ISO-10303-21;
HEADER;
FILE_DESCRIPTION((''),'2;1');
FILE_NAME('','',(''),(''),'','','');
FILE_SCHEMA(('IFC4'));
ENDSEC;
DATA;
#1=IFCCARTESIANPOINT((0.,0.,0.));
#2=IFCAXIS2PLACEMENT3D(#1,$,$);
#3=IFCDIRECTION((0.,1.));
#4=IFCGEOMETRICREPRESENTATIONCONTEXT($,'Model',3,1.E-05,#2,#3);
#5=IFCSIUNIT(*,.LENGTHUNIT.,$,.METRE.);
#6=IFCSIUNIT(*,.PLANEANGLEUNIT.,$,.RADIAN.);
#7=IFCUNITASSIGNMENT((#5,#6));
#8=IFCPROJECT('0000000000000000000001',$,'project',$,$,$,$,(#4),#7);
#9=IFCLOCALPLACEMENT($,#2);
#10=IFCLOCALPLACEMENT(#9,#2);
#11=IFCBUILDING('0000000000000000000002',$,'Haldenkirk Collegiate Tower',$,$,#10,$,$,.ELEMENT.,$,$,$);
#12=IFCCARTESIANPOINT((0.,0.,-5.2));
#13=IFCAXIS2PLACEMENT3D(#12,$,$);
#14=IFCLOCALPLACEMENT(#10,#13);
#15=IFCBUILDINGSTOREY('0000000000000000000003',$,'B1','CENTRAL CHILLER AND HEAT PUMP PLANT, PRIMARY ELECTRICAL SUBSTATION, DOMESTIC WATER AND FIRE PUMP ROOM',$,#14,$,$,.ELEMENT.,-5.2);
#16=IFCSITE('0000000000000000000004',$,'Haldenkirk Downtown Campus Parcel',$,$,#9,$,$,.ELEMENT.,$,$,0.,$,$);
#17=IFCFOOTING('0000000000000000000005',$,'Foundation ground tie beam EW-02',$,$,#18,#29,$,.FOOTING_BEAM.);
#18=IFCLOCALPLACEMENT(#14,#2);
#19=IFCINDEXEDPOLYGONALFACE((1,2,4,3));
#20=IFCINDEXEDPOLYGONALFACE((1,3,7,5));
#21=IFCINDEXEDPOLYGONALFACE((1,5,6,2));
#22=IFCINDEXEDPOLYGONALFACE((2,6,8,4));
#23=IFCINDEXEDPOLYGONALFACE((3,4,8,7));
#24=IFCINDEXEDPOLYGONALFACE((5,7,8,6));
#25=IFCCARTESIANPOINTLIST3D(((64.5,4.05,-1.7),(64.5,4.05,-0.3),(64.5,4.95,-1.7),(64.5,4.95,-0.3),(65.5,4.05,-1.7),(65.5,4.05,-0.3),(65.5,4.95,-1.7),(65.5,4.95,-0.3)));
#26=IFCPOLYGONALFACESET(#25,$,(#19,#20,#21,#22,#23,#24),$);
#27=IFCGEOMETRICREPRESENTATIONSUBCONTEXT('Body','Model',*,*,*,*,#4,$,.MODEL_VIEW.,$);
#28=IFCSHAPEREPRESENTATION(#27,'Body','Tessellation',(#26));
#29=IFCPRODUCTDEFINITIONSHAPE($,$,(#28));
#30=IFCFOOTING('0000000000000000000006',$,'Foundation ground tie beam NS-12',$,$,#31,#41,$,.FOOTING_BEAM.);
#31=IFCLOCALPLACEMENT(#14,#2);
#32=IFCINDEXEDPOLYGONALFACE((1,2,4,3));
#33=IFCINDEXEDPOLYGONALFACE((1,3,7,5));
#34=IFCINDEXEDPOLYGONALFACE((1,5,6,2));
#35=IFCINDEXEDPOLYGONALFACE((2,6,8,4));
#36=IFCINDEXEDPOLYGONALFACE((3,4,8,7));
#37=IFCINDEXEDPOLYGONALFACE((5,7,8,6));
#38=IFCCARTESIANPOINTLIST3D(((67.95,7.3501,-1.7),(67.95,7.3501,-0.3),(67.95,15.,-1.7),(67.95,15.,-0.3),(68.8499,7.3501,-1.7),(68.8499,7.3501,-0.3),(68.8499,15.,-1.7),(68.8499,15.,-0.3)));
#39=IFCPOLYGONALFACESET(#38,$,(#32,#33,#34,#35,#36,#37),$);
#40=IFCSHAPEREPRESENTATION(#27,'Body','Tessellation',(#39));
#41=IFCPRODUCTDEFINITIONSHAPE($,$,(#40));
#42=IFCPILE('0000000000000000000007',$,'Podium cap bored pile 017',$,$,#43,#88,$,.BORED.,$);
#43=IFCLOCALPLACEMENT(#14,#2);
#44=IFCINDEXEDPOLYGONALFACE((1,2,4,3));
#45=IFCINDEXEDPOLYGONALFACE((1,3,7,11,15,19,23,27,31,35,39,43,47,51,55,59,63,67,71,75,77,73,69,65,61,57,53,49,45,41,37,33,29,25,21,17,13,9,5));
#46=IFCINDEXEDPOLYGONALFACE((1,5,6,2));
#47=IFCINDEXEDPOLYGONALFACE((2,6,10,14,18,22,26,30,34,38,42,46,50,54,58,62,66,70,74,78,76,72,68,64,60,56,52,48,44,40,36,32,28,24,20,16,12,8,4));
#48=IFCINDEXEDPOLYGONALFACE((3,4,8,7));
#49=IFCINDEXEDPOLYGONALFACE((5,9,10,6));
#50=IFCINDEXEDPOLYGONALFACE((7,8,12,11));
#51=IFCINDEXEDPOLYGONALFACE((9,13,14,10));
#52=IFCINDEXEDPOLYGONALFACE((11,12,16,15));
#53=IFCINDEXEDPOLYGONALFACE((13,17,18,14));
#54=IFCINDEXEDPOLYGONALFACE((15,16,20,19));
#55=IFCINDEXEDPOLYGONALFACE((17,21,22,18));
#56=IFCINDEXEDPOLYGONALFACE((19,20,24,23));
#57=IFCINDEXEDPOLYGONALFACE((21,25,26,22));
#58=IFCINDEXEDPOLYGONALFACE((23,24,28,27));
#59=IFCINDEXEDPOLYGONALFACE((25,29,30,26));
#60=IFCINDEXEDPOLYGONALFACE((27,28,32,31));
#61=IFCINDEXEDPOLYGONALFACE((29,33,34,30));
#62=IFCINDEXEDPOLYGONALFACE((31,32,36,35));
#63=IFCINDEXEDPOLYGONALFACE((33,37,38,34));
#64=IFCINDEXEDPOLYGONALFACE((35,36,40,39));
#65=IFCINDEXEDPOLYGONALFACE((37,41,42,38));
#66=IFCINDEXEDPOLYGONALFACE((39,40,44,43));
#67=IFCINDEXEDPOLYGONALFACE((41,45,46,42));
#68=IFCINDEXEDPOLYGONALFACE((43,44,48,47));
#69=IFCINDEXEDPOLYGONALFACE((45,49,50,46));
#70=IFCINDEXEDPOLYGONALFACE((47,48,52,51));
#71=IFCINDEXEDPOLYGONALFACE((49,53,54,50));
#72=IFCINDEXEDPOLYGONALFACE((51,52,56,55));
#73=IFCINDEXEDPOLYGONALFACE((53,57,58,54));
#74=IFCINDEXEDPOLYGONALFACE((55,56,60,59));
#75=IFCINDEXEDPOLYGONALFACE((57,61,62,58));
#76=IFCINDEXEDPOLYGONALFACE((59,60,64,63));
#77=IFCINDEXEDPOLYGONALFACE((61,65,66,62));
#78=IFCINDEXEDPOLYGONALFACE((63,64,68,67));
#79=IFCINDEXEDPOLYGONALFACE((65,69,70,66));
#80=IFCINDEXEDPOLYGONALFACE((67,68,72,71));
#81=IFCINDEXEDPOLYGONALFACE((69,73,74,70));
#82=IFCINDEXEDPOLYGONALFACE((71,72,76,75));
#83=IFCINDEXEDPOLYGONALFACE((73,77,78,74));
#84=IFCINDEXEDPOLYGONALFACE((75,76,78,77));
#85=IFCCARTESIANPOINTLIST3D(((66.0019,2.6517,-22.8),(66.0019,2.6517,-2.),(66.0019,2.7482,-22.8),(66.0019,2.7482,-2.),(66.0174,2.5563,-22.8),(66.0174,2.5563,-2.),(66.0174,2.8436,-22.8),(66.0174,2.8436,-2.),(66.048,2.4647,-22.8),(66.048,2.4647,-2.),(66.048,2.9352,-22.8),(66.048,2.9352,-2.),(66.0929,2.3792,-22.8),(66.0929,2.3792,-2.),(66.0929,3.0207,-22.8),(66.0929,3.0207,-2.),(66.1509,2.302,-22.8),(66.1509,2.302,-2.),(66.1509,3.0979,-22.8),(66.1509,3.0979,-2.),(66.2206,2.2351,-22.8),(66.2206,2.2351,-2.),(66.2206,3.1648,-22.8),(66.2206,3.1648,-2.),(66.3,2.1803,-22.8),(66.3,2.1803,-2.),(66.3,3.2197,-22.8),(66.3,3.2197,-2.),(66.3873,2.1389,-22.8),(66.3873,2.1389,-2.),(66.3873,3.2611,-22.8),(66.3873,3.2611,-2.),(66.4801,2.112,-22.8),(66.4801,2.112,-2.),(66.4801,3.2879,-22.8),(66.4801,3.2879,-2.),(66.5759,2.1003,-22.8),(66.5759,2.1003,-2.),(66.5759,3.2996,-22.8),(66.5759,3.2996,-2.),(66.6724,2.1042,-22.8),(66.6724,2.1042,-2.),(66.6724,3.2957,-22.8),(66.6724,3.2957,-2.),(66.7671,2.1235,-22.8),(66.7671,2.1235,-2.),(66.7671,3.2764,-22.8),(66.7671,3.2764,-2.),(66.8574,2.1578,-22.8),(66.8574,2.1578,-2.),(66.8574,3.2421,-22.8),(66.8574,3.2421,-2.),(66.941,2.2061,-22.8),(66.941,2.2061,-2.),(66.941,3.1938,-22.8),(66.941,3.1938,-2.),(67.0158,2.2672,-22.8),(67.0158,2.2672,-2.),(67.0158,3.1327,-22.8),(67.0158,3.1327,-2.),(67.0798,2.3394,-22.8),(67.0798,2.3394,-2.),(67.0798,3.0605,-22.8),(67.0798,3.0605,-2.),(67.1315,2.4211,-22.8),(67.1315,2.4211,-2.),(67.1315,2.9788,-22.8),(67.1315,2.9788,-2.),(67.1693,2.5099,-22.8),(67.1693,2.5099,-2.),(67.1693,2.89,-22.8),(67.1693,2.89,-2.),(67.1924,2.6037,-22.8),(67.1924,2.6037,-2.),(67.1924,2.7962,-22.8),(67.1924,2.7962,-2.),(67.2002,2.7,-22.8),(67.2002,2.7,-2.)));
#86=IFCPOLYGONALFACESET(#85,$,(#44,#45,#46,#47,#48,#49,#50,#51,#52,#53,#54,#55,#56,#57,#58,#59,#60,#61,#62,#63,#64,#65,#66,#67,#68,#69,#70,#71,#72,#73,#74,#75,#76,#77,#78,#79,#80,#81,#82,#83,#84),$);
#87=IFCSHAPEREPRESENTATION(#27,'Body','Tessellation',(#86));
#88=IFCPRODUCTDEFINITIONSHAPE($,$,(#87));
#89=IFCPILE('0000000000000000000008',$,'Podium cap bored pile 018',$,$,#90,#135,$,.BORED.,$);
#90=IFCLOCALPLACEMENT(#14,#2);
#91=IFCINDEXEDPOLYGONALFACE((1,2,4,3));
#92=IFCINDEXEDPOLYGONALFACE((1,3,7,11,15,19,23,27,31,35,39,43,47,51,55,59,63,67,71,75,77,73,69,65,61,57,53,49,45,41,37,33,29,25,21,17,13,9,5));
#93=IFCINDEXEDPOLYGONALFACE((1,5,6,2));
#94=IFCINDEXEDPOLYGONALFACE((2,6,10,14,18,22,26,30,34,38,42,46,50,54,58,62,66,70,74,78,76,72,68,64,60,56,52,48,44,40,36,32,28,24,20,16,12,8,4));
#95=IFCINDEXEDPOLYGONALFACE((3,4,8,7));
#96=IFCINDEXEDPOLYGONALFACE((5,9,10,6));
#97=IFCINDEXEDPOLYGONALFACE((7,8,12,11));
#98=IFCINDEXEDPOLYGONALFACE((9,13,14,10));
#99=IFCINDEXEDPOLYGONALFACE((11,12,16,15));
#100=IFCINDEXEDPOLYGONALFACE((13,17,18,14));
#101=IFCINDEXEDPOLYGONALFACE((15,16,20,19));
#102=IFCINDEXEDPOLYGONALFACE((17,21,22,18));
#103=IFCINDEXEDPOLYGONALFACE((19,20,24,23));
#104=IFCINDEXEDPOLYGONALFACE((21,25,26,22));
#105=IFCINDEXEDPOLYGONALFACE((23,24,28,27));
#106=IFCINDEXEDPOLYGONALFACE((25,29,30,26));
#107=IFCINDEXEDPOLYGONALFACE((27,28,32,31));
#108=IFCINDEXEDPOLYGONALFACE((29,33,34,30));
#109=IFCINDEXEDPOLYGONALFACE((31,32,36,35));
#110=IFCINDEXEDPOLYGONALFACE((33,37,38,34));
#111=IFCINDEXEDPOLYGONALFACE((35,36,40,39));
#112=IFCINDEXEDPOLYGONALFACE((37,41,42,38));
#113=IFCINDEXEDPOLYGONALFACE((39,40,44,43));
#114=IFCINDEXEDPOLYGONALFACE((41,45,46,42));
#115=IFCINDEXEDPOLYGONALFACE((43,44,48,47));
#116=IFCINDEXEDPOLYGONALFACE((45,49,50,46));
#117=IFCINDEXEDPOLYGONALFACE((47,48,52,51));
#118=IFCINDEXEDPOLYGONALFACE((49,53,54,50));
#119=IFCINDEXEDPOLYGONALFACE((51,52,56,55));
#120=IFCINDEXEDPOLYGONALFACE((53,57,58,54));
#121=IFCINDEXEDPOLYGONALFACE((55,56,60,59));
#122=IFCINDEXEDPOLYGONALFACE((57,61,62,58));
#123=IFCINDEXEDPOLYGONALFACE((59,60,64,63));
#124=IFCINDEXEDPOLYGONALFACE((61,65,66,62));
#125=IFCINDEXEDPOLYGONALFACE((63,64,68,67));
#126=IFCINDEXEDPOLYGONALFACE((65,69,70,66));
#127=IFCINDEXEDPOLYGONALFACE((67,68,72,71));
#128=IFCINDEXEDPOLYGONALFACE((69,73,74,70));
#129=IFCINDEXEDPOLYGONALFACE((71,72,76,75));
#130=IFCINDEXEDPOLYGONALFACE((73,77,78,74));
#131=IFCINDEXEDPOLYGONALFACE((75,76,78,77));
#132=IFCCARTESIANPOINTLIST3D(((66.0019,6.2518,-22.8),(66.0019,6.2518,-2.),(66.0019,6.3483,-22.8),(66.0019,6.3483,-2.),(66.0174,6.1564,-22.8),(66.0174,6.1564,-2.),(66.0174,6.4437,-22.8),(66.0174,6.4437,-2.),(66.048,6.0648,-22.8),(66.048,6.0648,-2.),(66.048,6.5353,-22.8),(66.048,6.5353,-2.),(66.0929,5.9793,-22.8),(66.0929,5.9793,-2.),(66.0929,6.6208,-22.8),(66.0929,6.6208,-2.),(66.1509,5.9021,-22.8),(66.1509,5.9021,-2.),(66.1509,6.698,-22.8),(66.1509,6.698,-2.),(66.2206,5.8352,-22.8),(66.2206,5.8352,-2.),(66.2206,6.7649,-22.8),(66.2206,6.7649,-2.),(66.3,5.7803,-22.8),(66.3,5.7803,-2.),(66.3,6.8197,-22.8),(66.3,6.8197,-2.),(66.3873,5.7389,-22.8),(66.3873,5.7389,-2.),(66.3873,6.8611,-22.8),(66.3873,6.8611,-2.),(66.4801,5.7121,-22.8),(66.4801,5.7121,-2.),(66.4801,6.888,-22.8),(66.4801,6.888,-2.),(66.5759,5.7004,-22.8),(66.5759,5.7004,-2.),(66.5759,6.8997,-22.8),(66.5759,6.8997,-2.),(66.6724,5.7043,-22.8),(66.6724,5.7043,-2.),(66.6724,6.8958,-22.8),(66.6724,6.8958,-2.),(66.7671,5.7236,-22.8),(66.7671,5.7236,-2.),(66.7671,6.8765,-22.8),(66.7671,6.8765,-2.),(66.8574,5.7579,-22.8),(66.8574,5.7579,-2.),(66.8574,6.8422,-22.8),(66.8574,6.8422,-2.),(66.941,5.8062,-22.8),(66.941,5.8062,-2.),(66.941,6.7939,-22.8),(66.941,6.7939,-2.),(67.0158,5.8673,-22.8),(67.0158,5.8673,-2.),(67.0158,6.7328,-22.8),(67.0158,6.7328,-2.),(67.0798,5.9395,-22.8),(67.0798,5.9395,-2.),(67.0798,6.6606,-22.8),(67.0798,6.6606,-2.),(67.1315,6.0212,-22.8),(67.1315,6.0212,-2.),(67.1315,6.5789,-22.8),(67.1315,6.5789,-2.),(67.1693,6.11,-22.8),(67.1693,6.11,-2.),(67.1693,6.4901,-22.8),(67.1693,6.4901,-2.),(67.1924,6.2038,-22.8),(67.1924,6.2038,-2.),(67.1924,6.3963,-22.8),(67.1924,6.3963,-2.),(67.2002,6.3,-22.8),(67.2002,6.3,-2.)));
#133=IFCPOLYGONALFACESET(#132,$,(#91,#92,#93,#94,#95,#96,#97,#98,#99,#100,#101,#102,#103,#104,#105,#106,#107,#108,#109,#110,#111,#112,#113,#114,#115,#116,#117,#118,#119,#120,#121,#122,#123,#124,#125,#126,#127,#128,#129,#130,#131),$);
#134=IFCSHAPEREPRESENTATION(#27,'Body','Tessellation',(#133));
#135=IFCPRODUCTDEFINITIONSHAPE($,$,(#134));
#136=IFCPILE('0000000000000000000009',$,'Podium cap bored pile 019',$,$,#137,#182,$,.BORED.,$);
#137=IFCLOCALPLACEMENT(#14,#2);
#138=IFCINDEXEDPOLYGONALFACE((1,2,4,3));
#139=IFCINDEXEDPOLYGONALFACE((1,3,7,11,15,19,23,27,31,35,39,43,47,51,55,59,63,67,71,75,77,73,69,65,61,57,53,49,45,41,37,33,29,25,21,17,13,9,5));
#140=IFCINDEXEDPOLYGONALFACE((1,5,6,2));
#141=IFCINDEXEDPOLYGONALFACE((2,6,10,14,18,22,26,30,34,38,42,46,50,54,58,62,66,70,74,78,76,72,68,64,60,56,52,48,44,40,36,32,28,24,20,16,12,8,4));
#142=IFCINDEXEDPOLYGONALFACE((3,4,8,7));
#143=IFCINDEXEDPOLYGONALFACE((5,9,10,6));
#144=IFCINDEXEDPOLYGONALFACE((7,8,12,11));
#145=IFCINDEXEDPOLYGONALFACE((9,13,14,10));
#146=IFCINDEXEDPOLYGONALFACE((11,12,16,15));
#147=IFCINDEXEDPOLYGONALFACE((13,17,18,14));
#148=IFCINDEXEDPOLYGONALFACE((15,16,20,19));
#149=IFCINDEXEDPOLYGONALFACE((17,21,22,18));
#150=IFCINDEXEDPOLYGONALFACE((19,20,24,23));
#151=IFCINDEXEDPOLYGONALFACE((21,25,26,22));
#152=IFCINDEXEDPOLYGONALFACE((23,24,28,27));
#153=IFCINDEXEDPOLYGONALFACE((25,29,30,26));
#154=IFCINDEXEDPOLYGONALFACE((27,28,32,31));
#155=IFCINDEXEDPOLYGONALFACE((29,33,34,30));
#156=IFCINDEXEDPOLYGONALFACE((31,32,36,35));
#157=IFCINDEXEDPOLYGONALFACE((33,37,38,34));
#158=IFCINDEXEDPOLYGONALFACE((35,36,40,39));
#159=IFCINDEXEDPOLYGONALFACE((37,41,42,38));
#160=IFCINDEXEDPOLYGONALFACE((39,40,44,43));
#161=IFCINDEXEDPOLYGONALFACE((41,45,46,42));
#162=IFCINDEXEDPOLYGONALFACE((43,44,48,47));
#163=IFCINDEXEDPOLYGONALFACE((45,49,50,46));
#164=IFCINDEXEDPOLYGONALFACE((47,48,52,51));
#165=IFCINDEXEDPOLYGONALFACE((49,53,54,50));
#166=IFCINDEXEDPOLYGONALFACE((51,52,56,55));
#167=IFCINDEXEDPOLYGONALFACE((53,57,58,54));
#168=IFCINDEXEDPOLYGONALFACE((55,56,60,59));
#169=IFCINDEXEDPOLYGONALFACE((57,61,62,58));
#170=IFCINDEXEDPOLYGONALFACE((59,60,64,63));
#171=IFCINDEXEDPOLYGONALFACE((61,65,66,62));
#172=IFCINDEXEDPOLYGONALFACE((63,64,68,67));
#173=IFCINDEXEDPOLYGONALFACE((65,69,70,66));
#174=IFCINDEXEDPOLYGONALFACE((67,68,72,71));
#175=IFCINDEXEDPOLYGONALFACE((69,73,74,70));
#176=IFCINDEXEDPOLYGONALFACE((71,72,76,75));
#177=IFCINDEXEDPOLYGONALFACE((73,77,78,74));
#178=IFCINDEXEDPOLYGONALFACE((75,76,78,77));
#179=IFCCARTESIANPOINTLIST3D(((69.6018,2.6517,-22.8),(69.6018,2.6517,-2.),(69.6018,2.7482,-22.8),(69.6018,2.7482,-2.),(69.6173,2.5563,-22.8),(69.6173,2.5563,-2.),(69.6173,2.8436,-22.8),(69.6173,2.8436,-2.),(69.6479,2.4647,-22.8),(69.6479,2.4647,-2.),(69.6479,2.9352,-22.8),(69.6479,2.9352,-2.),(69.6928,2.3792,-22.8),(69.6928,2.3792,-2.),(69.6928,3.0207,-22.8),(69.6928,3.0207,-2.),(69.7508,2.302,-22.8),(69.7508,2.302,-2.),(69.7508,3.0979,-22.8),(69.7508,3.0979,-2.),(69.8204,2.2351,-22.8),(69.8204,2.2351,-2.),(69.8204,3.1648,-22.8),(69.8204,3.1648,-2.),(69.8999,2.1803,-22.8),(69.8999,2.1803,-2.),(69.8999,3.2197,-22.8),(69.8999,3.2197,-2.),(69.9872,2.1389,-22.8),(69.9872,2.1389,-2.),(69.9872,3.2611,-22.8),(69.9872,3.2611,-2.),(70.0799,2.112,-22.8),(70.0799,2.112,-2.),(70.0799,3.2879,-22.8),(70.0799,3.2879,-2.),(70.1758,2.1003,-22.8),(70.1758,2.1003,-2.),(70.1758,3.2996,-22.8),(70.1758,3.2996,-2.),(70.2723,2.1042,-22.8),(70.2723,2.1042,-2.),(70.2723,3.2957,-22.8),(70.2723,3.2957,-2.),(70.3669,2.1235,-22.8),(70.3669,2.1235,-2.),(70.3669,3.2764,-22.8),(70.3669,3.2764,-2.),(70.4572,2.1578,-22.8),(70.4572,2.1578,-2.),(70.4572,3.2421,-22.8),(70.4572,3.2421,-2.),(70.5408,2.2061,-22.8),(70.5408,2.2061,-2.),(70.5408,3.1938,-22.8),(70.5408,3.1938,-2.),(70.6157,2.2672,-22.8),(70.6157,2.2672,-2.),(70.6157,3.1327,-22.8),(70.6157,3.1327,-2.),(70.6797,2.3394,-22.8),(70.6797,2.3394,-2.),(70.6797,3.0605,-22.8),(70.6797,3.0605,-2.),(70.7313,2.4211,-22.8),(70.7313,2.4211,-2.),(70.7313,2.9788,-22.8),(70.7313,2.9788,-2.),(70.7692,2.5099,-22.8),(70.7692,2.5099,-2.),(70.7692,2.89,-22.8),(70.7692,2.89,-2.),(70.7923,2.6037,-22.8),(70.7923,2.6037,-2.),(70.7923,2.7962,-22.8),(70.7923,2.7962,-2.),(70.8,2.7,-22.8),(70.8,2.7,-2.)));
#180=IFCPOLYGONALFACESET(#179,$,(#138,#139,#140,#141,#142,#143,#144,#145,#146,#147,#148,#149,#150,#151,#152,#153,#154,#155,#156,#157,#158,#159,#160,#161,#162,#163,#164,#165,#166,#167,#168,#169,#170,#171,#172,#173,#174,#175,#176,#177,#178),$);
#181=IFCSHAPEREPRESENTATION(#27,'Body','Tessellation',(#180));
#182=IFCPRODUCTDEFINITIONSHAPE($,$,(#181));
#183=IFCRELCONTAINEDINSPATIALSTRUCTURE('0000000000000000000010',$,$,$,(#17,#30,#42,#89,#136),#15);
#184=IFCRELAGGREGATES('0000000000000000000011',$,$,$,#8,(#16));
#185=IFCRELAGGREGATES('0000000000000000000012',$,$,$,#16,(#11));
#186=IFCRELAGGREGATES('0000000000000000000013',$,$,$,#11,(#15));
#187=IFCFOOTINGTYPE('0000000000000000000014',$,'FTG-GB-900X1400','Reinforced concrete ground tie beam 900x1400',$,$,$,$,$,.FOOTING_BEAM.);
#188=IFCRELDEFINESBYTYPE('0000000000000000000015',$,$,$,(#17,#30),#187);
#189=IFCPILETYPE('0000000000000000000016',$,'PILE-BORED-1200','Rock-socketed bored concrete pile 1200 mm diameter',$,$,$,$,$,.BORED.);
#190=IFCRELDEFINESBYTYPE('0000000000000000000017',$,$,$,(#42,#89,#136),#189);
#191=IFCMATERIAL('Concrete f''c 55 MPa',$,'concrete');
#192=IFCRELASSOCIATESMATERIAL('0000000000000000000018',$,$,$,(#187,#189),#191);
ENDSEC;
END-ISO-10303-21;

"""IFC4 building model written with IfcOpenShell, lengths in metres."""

from ifc_helpers import new_model, si_unit, direction, frame, origin, origin_2d, place, context, subcontext, project, spatial, rectangle, circle, extrude, material, material_profile, profile_set, type_object, element, save


model = new_model("IFC4")

# Units and contexts
model_context = context("Model", 3, precision=1e-05, world=origin(), true_north=direction((0.0, 1.0)))
body_context = subcontext(model_context, "Body", "Model", "MODEL_VIEW")
ifc_project = project(units=[si_unit("LENGTHUNIT", "METRE"), si_unit("PLANEANGLEUNIT", "RADIAN")], contexts=[model_context])

# Site, building, storey
site_placement = place(None, origin())
site = spatial("IfcSite", under=ifc_project, at=site_placement, Name="Haldenkirk Downtown Campus Parcel", CompositionType="ELEMENT", RefElevation=0.0)
building_placement = place(site_placement, origin())
building = spatial("IfcBuilding", under=site, at=building_placement, Name="Haldenkirk Collegiate Tower", CompositionType="ELEMENT")
storey_placement = place(building_placement, frame((0.0, 0.0, -5.2)))
storey = spatial("IfcBuildingStorey", under=building, at=storey_placement, Name="B1", Description="CENTRAL CHILLER AND HEAT PUMP PLANT, PRIMARY ELECTRICAL SUBSTATION, DOMESTIC WATER AND FIRE PUMP ROOM", CompositionType="ELEMENT", Elevation=-5.2)

# Footings
ifc_material_1 = material(Name="Concrete f'c 55 MPa", Category="concrete")
ifc_material_profile_1 = material_profile(ifc_material_1, rectangle(XDim=0.8999, YDim=1.3999, at=origin_2d()), Name="RCGB900X1400")
ifc_profile_set_1 = profile_set([ifc_material_profile_1], Name="Concrete f'c 55 MPa")
footing_type = type_object("IfcFootingType", Name="FTG-GB-900X1400", Description="Reinforced concrete ground tie beam 900x1400", PredefinedType="FOOTING_BEAM", material=ifc_profile_set_1)
footing_1_placement = place(storey_placement, frame((64.5, 4.5, -1.0), z_axis=(1.0, 0.0, 0.0), x_axis=(0.0, 1.0, 0.0)))
element("IfcFooting", 1, at=footing_1_placement, inside=storey, type_object=footing_type, Name="Foundation ground tie beam EW-02", PredefinedType="FOOTING_BEAM", context=body_context, shape_type="SweptSolid", body=[
    extrude(rectangle(XDim=0.8999, YDim=1.3999, at=origin_2d()), origin(), (0.0, 0.0, 1.0), 1.0),
])
footing_2_placement = place(storey_placement, frame((68.3999, 7.3501, -1.0), z_axis=(0.0, 1.0, 0.0), x_axis=(-1.0, 0.0, 0.0)))
element("IfcFooting", 2, at=footing_2_placement, inside=storey, type_object=footing_type, Name="Foundation ground tie beam NS-12", PredefinedType="FOOTING_BEAM", context=body_context, shape_type="SweptSolid", body=[
    extrude(rectangle(XDim=0.8999, YDim=1.3999, at=origin_2d()), origin(), (0.0, 0.0, 1.0), 7.6499),
])

# Piles
ifc_material_profile_2 = material_profile(ifc_material_1, circle(Radius=0.6001, at=origin_2d()), Name="PILE1200")
ifc_profile_set_2 = profile_set([ifc_material_profile_2], Name="Concrete f'c 55 MPa")
pile_type_1 = type_object("IfcPileType", Name="PILE-BORED-1200", Description="Rock-socketed bored concrete pile 1200 mm diameter", PredefinedType="BORED", material=ifc_profile_set_2)
for number, where, z_axis, x_axis, name in (
    (3, (66.6001, 2.7, -2.0), (0.0, 0.0, -1.0), (1.0, 0.0, 0.0), "Podium cap bored pile 017"),
    (4, (66.6001, 6.3, -2.0), (0.0, 0.0, -1.0), (1.0, 0.0, 0.0), "Podium cap bored pile 018"),
    (5, (70.2, 2.7, -2.0), (0.0, 0.0, -1.0), (1.0, 0.0, 0.0), "Podium cap bored pile 019"),
):
    element("IfcPile", number, at=place(storey_placement, frame(where, z_axis=z_axis, x_axis=x_axis)), inside=storey, type_object=pile_type_1, Name=name, PredefinedType="BORED", context=body_context, shape_type="SweptSolid", body=[
        extrude(circle(Radius=0.6001, at=origin_2d()), origin(), (0.0, 0.0, 1.0), 20.8),
    ])

save(model, "model.ifc")
